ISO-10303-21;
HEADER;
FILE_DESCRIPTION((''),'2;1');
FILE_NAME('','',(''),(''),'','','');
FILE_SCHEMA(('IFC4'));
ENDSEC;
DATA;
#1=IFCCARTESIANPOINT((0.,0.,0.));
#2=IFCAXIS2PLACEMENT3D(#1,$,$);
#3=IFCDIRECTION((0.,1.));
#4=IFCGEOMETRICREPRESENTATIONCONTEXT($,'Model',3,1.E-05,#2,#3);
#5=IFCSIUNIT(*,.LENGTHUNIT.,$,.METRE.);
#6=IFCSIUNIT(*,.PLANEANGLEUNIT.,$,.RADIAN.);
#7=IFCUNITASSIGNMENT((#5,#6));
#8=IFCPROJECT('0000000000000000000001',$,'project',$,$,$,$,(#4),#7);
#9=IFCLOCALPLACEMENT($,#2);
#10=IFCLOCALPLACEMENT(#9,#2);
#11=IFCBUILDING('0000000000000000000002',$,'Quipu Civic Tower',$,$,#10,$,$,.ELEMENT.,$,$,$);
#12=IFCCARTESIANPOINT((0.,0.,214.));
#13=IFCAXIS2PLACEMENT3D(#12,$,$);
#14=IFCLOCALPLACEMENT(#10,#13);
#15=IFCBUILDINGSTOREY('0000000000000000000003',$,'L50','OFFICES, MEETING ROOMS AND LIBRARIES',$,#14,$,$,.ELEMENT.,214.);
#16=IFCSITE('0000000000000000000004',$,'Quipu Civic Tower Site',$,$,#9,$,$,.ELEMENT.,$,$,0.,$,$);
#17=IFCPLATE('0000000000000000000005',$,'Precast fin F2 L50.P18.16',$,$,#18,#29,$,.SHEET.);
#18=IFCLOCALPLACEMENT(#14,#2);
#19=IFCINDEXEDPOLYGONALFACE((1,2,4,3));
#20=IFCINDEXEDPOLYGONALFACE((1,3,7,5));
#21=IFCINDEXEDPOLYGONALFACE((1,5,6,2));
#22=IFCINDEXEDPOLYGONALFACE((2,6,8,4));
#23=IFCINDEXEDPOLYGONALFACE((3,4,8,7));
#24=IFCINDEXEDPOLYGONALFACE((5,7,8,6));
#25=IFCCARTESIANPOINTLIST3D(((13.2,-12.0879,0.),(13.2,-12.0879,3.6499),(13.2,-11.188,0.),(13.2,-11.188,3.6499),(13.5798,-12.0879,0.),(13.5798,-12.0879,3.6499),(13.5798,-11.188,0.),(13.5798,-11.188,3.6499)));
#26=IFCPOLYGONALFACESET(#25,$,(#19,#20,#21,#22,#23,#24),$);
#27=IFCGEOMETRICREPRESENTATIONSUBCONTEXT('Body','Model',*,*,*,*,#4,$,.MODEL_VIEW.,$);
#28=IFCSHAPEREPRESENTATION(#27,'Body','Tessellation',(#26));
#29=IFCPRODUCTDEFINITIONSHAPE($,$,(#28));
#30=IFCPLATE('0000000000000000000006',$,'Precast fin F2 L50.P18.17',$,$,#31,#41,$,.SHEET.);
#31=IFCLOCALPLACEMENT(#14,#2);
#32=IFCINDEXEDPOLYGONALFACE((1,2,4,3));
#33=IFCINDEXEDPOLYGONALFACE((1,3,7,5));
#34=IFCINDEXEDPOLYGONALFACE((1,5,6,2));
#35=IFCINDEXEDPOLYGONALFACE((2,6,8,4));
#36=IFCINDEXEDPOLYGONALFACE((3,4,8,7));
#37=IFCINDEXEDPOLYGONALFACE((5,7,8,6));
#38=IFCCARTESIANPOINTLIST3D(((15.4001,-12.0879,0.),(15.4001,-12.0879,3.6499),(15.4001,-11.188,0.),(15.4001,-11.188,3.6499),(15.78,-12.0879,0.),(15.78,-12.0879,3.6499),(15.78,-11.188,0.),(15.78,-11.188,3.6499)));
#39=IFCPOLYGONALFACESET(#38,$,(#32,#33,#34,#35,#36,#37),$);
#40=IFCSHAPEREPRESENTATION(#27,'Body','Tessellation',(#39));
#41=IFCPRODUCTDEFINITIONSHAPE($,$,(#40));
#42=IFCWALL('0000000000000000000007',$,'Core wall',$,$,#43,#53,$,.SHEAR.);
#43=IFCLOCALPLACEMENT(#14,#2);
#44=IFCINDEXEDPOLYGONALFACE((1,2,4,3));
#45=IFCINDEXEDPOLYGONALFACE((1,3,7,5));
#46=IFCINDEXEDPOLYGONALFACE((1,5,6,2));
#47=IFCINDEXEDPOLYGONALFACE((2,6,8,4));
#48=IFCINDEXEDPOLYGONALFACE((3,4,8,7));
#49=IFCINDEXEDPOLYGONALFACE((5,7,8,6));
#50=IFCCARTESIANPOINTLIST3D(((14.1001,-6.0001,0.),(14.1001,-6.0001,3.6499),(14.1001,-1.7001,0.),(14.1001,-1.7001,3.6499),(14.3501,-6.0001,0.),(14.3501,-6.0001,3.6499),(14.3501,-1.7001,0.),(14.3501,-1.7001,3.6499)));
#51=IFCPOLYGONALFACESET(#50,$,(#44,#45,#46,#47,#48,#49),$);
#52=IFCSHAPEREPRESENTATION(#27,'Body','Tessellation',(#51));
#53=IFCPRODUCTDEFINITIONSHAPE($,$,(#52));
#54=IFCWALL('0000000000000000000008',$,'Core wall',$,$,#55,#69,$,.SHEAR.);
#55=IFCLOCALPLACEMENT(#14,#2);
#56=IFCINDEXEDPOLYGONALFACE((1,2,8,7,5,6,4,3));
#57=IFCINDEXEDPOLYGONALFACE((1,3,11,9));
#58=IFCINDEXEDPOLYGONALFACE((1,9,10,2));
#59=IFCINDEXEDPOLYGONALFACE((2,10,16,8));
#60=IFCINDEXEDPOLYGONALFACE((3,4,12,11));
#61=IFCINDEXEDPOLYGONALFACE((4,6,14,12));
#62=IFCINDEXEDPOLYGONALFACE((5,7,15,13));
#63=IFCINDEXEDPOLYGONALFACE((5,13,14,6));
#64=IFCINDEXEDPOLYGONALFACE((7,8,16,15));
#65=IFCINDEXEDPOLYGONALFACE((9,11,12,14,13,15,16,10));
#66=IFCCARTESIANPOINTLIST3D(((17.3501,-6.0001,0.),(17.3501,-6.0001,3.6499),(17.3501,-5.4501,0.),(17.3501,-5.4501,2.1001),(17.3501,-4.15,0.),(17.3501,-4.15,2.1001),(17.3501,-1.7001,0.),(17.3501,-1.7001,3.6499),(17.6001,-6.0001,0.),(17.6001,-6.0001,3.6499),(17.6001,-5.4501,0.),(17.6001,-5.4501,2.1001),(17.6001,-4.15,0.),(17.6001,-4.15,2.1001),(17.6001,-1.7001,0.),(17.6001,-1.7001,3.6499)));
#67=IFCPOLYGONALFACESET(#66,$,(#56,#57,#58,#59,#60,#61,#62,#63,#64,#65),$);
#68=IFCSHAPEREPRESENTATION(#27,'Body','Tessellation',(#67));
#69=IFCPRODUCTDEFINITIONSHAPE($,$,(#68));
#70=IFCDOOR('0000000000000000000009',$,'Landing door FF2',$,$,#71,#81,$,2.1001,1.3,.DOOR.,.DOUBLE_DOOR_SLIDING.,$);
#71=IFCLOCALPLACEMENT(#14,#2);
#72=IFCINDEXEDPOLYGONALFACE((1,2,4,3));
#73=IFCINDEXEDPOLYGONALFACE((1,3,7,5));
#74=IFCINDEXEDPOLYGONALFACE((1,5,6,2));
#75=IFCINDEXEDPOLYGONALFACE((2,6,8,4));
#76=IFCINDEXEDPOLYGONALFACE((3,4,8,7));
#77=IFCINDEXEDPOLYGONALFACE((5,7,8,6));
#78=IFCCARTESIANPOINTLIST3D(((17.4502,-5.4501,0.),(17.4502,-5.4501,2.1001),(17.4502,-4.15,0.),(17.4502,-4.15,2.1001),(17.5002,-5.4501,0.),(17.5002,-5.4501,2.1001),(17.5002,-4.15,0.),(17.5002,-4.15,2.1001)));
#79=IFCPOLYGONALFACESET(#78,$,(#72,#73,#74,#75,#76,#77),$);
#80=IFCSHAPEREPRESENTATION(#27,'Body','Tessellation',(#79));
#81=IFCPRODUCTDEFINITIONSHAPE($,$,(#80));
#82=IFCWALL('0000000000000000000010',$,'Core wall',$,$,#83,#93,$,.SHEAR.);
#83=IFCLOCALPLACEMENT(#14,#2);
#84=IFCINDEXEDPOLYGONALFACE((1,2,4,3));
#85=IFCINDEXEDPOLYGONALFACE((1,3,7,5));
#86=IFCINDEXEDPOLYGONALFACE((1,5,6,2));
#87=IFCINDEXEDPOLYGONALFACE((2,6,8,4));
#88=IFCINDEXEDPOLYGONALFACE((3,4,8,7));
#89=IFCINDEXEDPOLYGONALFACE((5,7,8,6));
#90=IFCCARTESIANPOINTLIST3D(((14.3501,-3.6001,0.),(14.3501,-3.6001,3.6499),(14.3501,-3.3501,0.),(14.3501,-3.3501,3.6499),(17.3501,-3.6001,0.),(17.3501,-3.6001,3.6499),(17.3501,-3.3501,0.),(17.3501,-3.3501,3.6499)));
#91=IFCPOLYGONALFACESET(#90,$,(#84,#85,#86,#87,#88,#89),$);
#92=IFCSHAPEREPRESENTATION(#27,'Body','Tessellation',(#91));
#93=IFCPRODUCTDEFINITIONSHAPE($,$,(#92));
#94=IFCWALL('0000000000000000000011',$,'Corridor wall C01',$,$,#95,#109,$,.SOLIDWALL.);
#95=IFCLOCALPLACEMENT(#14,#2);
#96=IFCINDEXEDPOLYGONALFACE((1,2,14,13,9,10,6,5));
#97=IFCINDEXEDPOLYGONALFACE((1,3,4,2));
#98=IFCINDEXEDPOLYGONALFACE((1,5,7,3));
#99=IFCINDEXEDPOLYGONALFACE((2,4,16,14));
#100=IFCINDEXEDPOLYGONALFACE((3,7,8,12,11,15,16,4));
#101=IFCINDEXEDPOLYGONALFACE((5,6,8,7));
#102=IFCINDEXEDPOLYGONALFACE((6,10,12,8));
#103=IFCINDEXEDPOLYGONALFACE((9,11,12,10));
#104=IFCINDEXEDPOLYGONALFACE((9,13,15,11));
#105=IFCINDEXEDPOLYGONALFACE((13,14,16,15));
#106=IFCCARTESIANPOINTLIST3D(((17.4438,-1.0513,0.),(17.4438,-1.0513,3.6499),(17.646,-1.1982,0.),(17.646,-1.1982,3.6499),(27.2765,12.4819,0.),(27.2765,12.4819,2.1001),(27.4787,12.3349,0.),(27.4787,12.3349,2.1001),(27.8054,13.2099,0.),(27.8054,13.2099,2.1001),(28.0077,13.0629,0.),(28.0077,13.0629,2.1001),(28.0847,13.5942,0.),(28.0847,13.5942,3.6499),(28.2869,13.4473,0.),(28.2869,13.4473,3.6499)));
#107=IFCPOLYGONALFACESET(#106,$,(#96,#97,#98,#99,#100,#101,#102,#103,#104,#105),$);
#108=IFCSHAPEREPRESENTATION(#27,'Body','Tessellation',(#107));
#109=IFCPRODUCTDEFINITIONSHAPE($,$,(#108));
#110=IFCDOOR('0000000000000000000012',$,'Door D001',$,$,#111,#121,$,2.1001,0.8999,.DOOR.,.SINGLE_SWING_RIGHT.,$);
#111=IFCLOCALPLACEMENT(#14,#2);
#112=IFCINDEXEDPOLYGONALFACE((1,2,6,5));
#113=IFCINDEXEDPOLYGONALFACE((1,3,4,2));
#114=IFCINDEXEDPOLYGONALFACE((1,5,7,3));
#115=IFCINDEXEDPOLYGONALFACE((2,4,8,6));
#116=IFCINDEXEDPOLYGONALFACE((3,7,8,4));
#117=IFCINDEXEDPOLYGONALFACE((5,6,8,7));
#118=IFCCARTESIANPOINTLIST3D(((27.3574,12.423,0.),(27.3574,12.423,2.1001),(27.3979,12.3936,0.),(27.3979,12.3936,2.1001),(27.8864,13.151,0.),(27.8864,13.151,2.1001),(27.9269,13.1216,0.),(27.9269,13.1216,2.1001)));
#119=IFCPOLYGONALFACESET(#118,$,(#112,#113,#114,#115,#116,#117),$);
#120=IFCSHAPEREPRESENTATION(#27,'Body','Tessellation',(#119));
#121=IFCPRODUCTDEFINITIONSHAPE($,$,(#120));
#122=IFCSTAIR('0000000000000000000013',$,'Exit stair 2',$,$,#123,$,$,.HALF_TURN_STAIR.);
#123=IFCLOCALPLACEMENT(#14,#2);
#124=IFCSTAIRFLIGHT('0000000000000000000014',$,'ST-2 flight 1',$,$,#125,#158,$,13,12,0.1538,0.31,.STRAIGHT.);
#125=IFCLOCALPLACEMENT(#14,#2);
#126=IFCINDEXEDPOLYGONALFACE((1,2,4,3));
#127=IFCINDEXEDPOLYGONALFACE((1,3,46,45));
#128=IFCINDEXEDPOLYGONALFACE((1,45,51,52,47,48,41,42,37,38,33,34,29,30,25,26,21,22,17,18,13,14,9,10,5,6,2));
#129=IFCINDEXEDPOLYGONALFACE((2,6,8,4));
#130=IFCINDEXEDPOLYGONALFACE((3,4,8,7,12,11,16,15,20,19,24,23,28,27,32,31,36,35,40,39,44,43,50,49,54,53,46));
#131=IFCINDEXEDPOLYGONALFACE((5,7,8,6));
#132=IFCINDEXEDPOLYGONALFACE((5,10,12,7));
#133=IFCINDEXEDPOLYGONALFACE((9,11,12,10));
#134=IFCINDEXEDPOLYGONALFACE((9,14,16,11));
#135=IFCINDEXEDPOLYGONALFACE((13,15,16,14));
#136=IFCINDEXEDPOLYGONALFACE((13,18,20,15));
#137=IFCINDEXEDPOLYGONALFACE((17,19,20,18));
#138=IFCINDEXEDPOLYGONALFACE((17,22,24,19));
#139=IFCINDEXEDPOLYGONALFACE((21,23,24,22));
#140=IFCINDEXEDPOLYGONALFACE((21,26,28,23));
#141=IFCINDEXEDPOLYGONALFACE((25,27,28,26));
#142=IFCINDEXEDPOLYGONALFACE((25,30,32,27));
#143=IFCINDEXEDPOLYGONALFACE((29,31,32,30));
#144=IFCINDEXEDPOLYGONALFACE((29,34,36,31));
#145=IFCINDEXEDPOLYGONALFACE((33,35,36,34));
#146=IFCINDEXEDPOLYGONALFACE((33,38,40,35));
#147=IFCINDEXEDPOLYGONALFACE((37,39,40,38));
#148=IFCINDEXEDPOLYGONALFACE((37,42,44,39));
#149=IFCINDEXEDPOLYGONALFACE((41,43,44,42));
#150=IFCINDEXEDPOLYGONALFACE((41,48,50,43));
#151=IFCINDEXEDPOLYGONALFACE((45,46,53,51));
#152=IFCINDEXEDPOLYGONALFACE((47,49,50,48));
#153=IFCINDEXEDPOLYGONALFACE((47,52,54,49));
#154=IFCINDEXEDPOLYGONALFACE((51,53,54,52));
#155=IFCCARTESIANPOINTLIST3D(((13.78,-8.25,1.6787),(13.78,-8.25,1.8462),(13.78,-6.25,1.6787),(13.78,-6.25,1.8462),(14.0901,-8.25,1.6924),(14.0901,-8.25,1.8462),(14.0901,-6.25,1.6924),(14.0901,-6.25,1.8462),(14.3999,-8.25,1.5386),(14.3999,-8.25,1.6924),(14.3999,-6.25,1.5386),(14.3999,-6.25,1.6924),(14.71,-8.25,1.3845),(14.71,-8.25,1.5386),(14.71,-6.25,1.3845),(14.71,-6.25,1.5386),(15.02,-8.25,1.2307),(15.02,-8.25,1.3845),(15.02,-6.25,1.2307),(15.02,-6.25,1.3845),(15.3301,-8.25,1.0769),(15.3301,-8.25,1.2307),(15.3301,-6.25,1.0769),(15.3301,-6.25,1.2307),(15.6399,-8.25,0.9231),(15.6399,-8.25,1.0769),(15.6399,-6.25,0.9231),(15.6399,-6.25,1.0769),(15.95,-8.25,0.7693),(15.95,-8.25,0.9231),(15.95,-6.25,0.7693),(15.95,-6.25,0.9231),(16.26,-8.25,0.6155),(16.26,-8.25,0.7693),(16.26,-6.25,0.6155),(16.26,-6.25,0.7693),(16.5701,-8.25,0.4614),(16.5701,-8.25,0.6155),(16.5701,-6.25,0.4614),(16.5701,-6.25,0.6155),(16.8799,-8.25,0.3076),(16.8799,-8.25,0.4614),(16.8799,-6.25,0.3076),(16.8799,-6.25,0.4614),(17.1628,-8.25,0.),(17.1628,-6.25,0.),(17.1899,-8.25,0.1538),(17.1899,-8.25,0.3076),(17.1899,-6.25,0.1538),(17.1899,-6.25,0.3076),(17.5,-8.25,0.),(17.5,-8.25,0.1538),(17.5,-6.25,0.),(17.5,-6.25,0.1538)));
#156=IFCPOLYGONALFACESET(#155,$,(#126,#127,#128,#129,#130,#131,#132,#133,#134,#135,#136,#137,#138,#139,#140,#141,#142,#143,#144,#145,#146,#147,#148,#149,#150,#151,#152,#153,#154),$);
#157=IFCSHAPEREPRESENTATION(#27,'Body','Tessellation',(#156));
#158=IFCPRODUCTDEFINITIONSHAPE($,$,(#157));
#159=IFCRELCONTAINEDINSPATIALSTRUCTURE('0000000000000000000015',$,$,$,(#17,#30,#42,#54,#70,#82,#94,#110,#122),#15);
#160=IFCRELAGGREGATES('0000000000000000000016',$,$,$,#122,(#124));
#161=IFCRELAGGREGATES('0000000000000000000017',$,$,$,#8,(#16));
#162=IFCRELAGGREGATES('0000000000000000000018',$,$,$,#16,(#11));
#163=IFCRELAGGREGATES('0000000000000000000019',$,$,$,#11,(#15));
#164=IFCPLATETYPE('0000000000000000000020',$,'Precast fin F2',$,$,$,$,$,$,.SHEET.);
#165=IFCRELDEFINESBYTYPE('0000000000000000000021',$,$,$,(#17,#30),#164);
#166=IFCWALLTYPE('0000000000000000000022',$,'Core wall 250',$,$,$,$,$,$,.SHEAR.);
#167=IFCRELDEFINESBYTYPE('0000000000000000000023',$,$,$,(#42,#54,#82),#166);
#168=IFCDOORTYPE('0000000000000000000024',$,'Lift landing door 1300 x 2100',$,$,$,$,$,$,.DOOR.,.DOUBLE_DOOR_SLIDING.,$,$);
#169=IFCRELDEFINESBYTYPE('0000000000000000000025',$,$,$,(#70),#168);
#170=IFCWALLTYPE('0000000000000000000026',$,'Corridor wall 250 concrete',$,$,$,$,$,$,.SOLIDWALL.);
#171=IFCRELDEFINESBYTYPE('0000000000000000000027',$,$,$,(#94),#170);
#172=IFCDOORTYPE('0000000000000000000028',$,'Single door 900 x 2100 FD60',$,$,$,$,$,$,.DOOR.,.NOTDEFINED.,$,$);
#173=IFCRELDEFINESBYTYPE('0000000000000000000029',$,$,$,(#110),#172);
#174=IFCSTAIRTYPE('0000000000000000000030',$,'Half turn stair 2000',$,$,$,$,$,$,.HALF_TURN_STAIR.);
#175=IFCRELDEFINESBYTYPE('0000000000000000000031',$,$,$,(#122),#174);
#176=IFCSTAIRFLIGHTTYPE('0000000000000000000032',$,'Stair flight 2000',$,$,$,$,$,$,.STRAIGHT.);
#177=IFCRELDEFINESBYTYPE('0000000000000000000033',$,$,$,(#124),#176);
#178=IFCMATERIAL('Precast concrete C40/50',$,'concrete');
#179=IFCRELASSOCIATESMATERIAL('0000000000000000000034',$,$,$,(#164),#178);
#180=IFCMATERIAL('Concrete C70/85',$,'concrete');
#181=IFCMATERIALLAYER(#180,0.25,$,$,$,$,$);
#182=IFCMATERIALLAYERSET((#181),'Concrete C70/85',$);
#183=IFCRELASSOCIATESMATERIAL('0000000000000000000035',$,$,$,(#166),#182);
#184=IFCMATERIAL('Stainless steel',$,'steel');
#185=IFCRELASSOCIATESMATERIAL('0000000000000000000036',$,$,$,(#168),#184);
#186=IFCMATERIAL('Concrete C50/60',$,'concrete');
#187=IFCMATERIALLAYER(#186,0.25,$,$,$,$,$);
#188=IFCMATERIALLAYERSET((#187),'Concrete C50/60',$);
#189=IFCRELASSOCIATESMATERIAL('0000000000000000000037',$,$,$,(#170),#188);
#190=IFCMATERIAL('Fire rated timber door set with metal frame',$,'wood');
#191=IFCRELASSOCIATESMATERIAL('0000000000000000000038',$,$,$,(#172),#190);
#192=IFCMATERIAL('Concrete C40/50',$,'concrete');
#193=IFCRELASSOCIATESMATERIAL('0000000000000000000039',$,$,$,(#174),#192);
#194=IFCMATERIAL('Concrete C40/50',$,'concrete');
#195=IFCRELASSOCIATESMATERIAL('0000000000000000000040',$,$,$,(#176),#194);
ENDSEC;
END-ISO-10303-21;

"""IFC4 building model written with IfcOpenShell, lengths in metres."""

from ifc_helpers import new_model, si_unit, direction, frame, frame_2d, origin, origin_2d, place, context, subcontext, project, spatial, polyline, rectangle, outline, extrude, material, layer, layer_set, type_object, element, fill, aggregate, save


model = new_model("IFC4")

# Units and contexts
model_context = context("Model", 3, precision=1e-05, world=origin(), true_north=direction((0.0, 1.0)))
body_context = subcontext(model_context, "Body", "Model", "MODEL_VIEW")
ifc_project = project(units=[si_unit("LENGTHUNIT", "METRE"), si_unit("PLANEANGLEUNIT", "RADIAN")], contexts=[model_context])

# Site, building, storey
site_placement = place(None, origin())
site = spatial("IfcSite", under=ifc_project, at=site_placement, Name="Quipu Civic Tower Site", CompositionType="ELEMENT", RefElevation=0.0)
building_placement = place(site_placement, origin())
building = spatial("IfcBuilding", under=site, at=building_placement, Name="Quipu Civic Tower", CompositionType="ELEMENT")
storey_placement = place(building_placement, frame((0.0, 0.0, 214.0)))
storey = spatial("IfcBuildingStorey", under=building, at=storey_placement, Name="L50", Description="OFFICES, MEETING ROOMS AND LIBRARIES", CompositionType="ELEMENT", Elevation=214.0)

# Plates
ifc_material_1 = material(Name="Precast concrete C40/50", Category="concrete")
plate_type = type_object("IfcPlateType", Name="Precast fin F2", PredefinedType="SHEET", material=ifc_material_1)
for number, where, z_axis, x_axis, name in (
    (1, (13.3899, -11.6379, 0.0), (0.0, 0.0, 1.0), (1.0, 0.0, 0.0), "Precast fin F2 L50.P18.16"),
    (2, (15.5901, -11.6379, 0.0), (0.0, 0.0, 1.0), (1.0, 0.0, 0.0), "Precast fin F2 L50.P18.17"),
):
    element("IfcPlate", number, at=place(storey_placement, frame(where, z_axis=z_axis, x_axis=x_axis)), inside=storey, type_object=plate_type, Name=name, PredefinedType="SHEET", context=body_context, shape_type="SweptSolid", body=[
        extrude(rectangle(XDim=0.3799, YDim=0.8999, at=origin_2d()), origin(), (0.0, 0.0, 1.0), 3.6499),
    ])

# Shared definitions
ifc_material_2 = material(Name="Concrete C70/85", Category="concrete")
ifc_layer_1 = layer(ifc_material_2, 0.25)
ifc_layer_set_1 = layer_set([ifc_layer_1], Name="Concrete C70/85")
wall_type_1 = type_object("IfcWallType", Name="Core wall 250", PredefinedType="SHEAR", material=ifc_layer_set_1)

# Wall
wall_1_placement = place(storey_placement, frame((14.2251, -6.0, 0.0), z_axis=(0.0, 0.0, 1.0), x_axis=(0.0, 1.0, 0.0)))
element("IfcWall", 3, at=wall_1_placement, inside=storey, type_object=wall_type_1, Name="Core wall", PredefinedType="SHEAR", context=body_context, shape_type="SweptSolid", body=[
    extrude(rectangle(XDim=4.3, YDim=0.25, at=frame_2d((2.1499, 0.0))), origin(), (0.0, 0.0, 1.0), 3.6499),
])

# Wall, opening, door
wall_2_placement = place(storey_placement, frame((17.4751, -6.0, 0.0), z_axis=(0.0, 0.0, 1.0), x_axis=(0.0, 1.0, 0.0)))
wall_2 = element("IfcWall", 4, at=wall_2_placement, inside=storey, type_object=wall_type_1, Name="Core wall", PredefinedType="SHEAR", context=body_context, shape_type="SweptSolid", body=[
    extrude(rectangle(XDim=4.3, YDim=0.25, at=frame_2d((2.1499, 0.0))), origin(), (0.0, 0.0, 1.0), 3.6499),
])
opening_1_placement = place(wall_2_placement, frame((0.55, 0.0, 0.0)))
opening_1 = element("IfcOpeningElement", 5, at=opening_1_placement, cuts=wall_2, PredefinedType="OPENING", context=body_context, shape_type="SweptSolid", body=[
    extrude(rectangle(XDim=1.3, YDim=2.1001, at=frame_2d((0.6499, 1.05))), frame((0.0, 0.135, 0.0), z_axis=(0.0, -1.0, 0.0), x_axis=(1.0, 0.0, 0.0)), (0.0, 0.0, 1.0), 0.27),
])
ifc_material_3 = material(Name="Stainless steel", Category="steel")
door_type_1 = type_object("IfcDoorType", Name="Lift landing door 1300 x 2100", OperationType="DOUBLE_DOOR_SLIDING", PredefinedType="DOOR", material=ifc_material_3)
door_1_placement = place(opening_1_placement, origin())
door_1 = element("IfcDoor", 6, at=door_1_placement, inside=storey, type_object=door_type_1, Name="Landing door FF2", OperationType="DOUBLE_DOOR_SLIDING", OverallHeight=2.1001, OverallWidth=1.3, PredefinedType="DOOR", context=body_context, shape_type="SweptSolid", body=[
    extrude(rectangle(XDim=1.3, YDim=2.1001, at=frame_2d((0.6499, 1.05))), frame((0.0, 0.0249, 0.0), z_axis=(0.0, -1.0, 0.0), x_axis=(1.0, 0.0, 0.0)), (0.0, 0.0, 1.0), 0.05),
])
fill(opening_1, door_1)

# Wall
wall_3_placement = place(storey_placement, frame((14.3501, -3.4751, 0.0), z_axis=(0.0, 0.0, 1.0), x_axis=(1.0, 0.0, 0.0)))
element("IfcWall", 7, at=wall_3_placement, inside=storey, type_object=wall_type_1, Name="Core wall", PredefinedType="SHEAR", context=body_context, shape_type="SweptSolid", body=[
    extrude(rectangle(XDim=3.0, YDim=0.25, at=frame_2d((1.5, 0.0))), origin(), (0.0, 0.0, 1.0), 3.6499),
])

# Wall, opening, door
ifc_material_4 = material(Name="Concrete C50/60", Category="concrete")
ifc_layer_2 = layer(ifc_material_4, 0.25)
ifc_layer_set_2 = layer_set([ifc_layer_2], Name="Concrete C50/60")
wall_type_2 = type_object("IfcWallType", Name="Corridor wall 250 concrete", PredefinedType="SOLIDWALL", material=ifc_layer_set_2)
wall_4_placement = place(storey_placement, frame((17.5449, -1.1248, 0.0), z_axis=(0.0, 0.0, 1.0), x_axis=(0.587796, 0.80901, 0.0)))
wall_4 = element("IfcWall", 8, at=wall_4_placement, inside=storey, type_object=wall_type_2, Name="Corridor wall C01", PredefinedType="SOLIDWALL", context=body_context, shape_type="SweptSolid", body=[
    extrude(rectangle(XDim=18.103, YDim=0.25, at=frame_2d((9.0515, 0.0))), origin(), (0.0, 0.0, 1.0), 3.6499),
])
opening_2_placement = place(wall_4_placement, frame((16.728, 0.0, 0.0)))
opening_2 = element("IfcOpeningElement", 9, at=opening_2_placement, cuts=wall_4, PredefinedType="OPENING", context=body_context, shape_type="SweptSolid", body=[
    extrude(rectangle(XDim=0.8999, YDim=2.1001, at=frame_2d((0.45, 1.05))), frame((0.0, 0.135, 0.0), z_axis=(0.0, -1.0, 0.0), x_axis=(1.0, 0.0, 0.0)), (0.0, 0.0, 1.0), 0.27),
])
ifc_material_5 = material(Name="Fire rated timber door set with metal frame", Category="wood")
door_type_2 = type_object("IfcDoorType", Name="Single door 900 x 2100 FD60", OperationType="NOTDEFINED", PredefinedType="DOOR", material=ifc_material_5)
door_2_placement = place(opening_2_placement, origin())
door_2 = element("IfcDoor", 10, at=door_2_placement, inside=storey, type_object=door_type_2, Name="Door D001", OperationType="SINGLE_SWING_RIGHT", OverallHeight=2.1001, OverallWidth=0.8999, PredefinedType="DOOR", context=body_context, shape_type="SweptSolid", body=[
    extrude(rectangle(XDim=0.8999, YDim=2.1001, at=frame_2d((0.45, 1.05))), frame((0.0, 0.0249, 0.0), z_axis=(0.0, -1.0, 0.0), x_axis=(1.0, 0.0, 0.0)), (0.0, 0.0, 1.0), 0.05),
])
fill(opening_2, door_2)

# Stair, stair flight
ifc_material_6 = material(Name="Concrete C40/50", Category="concrete")
stair_type = type_object("IfcStairType", Name="Half turn stair 2000", PredefinedType="HALF_TURN_STAIR", material=ifc_material_6)
stair_placement = place(storey_placement, origin())
stair = element("IfcStair", 11, at=stair_placement, inside=storey, type_object=stair_type, Name="Exit stair 2", PredefinedType="HALF_TURN_STAIR")
ifc_material_7 = material(Name="Concrete C40/50", Category="concrete")
stair_flight_type = type_object("IfcStairFlightType", Name="Stair flight 2000", PredefinedType="STRAIGHT", material=ifc_material_7)
stair_flight_1_placement = place(storey_placement, frame((17.5, -7.25, 0.0), z_axis=(0.0, 0.0, 1.0), x_axis=(-1.0, 0.0, 0.0)))
stair_flight_1 = element("IfcStairFlight", 12, at=stair_flight_1_placement, type_object=stair_flight_type, Name="ST-2 flight 1", NumberOfRisers=13, NumberOfTreads=12, PredefinedType="STRAIGHT", RiserHeight=0.1538, TreadLength=0.31, context=body_context, shape_type="SweptSolid", body=[
    extrude(outline(polyline([(0.0, 0.0), (0.0, 0.1538), (0.3101, 0.1538), (0.3101, 0.3076), (0.6201, 0.3076), (0.6201, 0.4614), (0.9299, 0.4614), (0.9299, 0.6155), (1.24, 0.6155), (1.24, 0.7693), (1.55, 0.7693), (1.55, 0.9231), (1.8601, 0.9231), (1.8601, 1.0769), (2.1699, 1.0769), (2.1699, 1.2307), (2.48, 1.2307), (2.48, 1.3845), (2.79, 1.3845), (2.79, 1.5386), (3.1001, 1.5386), (3.1001, 1.6924), (3.4099, 1.6924), (3.4099, 1.8462), (3.72, 1.8462), (3.72, 2.0), (3.72, 1.6787), (0.3372, 0.0), (0.0, 0.0)])), frame((0.0, 1.0, 0.0), z_axis=(0.0, -1.0, 0.0), x_axis=(1.0, 0.0, 0.0)), (0.0, 0.0, 1.0), 2.0),
])
aggregate(stair, [stair_flight_1])

save(model, "model.ifc")
